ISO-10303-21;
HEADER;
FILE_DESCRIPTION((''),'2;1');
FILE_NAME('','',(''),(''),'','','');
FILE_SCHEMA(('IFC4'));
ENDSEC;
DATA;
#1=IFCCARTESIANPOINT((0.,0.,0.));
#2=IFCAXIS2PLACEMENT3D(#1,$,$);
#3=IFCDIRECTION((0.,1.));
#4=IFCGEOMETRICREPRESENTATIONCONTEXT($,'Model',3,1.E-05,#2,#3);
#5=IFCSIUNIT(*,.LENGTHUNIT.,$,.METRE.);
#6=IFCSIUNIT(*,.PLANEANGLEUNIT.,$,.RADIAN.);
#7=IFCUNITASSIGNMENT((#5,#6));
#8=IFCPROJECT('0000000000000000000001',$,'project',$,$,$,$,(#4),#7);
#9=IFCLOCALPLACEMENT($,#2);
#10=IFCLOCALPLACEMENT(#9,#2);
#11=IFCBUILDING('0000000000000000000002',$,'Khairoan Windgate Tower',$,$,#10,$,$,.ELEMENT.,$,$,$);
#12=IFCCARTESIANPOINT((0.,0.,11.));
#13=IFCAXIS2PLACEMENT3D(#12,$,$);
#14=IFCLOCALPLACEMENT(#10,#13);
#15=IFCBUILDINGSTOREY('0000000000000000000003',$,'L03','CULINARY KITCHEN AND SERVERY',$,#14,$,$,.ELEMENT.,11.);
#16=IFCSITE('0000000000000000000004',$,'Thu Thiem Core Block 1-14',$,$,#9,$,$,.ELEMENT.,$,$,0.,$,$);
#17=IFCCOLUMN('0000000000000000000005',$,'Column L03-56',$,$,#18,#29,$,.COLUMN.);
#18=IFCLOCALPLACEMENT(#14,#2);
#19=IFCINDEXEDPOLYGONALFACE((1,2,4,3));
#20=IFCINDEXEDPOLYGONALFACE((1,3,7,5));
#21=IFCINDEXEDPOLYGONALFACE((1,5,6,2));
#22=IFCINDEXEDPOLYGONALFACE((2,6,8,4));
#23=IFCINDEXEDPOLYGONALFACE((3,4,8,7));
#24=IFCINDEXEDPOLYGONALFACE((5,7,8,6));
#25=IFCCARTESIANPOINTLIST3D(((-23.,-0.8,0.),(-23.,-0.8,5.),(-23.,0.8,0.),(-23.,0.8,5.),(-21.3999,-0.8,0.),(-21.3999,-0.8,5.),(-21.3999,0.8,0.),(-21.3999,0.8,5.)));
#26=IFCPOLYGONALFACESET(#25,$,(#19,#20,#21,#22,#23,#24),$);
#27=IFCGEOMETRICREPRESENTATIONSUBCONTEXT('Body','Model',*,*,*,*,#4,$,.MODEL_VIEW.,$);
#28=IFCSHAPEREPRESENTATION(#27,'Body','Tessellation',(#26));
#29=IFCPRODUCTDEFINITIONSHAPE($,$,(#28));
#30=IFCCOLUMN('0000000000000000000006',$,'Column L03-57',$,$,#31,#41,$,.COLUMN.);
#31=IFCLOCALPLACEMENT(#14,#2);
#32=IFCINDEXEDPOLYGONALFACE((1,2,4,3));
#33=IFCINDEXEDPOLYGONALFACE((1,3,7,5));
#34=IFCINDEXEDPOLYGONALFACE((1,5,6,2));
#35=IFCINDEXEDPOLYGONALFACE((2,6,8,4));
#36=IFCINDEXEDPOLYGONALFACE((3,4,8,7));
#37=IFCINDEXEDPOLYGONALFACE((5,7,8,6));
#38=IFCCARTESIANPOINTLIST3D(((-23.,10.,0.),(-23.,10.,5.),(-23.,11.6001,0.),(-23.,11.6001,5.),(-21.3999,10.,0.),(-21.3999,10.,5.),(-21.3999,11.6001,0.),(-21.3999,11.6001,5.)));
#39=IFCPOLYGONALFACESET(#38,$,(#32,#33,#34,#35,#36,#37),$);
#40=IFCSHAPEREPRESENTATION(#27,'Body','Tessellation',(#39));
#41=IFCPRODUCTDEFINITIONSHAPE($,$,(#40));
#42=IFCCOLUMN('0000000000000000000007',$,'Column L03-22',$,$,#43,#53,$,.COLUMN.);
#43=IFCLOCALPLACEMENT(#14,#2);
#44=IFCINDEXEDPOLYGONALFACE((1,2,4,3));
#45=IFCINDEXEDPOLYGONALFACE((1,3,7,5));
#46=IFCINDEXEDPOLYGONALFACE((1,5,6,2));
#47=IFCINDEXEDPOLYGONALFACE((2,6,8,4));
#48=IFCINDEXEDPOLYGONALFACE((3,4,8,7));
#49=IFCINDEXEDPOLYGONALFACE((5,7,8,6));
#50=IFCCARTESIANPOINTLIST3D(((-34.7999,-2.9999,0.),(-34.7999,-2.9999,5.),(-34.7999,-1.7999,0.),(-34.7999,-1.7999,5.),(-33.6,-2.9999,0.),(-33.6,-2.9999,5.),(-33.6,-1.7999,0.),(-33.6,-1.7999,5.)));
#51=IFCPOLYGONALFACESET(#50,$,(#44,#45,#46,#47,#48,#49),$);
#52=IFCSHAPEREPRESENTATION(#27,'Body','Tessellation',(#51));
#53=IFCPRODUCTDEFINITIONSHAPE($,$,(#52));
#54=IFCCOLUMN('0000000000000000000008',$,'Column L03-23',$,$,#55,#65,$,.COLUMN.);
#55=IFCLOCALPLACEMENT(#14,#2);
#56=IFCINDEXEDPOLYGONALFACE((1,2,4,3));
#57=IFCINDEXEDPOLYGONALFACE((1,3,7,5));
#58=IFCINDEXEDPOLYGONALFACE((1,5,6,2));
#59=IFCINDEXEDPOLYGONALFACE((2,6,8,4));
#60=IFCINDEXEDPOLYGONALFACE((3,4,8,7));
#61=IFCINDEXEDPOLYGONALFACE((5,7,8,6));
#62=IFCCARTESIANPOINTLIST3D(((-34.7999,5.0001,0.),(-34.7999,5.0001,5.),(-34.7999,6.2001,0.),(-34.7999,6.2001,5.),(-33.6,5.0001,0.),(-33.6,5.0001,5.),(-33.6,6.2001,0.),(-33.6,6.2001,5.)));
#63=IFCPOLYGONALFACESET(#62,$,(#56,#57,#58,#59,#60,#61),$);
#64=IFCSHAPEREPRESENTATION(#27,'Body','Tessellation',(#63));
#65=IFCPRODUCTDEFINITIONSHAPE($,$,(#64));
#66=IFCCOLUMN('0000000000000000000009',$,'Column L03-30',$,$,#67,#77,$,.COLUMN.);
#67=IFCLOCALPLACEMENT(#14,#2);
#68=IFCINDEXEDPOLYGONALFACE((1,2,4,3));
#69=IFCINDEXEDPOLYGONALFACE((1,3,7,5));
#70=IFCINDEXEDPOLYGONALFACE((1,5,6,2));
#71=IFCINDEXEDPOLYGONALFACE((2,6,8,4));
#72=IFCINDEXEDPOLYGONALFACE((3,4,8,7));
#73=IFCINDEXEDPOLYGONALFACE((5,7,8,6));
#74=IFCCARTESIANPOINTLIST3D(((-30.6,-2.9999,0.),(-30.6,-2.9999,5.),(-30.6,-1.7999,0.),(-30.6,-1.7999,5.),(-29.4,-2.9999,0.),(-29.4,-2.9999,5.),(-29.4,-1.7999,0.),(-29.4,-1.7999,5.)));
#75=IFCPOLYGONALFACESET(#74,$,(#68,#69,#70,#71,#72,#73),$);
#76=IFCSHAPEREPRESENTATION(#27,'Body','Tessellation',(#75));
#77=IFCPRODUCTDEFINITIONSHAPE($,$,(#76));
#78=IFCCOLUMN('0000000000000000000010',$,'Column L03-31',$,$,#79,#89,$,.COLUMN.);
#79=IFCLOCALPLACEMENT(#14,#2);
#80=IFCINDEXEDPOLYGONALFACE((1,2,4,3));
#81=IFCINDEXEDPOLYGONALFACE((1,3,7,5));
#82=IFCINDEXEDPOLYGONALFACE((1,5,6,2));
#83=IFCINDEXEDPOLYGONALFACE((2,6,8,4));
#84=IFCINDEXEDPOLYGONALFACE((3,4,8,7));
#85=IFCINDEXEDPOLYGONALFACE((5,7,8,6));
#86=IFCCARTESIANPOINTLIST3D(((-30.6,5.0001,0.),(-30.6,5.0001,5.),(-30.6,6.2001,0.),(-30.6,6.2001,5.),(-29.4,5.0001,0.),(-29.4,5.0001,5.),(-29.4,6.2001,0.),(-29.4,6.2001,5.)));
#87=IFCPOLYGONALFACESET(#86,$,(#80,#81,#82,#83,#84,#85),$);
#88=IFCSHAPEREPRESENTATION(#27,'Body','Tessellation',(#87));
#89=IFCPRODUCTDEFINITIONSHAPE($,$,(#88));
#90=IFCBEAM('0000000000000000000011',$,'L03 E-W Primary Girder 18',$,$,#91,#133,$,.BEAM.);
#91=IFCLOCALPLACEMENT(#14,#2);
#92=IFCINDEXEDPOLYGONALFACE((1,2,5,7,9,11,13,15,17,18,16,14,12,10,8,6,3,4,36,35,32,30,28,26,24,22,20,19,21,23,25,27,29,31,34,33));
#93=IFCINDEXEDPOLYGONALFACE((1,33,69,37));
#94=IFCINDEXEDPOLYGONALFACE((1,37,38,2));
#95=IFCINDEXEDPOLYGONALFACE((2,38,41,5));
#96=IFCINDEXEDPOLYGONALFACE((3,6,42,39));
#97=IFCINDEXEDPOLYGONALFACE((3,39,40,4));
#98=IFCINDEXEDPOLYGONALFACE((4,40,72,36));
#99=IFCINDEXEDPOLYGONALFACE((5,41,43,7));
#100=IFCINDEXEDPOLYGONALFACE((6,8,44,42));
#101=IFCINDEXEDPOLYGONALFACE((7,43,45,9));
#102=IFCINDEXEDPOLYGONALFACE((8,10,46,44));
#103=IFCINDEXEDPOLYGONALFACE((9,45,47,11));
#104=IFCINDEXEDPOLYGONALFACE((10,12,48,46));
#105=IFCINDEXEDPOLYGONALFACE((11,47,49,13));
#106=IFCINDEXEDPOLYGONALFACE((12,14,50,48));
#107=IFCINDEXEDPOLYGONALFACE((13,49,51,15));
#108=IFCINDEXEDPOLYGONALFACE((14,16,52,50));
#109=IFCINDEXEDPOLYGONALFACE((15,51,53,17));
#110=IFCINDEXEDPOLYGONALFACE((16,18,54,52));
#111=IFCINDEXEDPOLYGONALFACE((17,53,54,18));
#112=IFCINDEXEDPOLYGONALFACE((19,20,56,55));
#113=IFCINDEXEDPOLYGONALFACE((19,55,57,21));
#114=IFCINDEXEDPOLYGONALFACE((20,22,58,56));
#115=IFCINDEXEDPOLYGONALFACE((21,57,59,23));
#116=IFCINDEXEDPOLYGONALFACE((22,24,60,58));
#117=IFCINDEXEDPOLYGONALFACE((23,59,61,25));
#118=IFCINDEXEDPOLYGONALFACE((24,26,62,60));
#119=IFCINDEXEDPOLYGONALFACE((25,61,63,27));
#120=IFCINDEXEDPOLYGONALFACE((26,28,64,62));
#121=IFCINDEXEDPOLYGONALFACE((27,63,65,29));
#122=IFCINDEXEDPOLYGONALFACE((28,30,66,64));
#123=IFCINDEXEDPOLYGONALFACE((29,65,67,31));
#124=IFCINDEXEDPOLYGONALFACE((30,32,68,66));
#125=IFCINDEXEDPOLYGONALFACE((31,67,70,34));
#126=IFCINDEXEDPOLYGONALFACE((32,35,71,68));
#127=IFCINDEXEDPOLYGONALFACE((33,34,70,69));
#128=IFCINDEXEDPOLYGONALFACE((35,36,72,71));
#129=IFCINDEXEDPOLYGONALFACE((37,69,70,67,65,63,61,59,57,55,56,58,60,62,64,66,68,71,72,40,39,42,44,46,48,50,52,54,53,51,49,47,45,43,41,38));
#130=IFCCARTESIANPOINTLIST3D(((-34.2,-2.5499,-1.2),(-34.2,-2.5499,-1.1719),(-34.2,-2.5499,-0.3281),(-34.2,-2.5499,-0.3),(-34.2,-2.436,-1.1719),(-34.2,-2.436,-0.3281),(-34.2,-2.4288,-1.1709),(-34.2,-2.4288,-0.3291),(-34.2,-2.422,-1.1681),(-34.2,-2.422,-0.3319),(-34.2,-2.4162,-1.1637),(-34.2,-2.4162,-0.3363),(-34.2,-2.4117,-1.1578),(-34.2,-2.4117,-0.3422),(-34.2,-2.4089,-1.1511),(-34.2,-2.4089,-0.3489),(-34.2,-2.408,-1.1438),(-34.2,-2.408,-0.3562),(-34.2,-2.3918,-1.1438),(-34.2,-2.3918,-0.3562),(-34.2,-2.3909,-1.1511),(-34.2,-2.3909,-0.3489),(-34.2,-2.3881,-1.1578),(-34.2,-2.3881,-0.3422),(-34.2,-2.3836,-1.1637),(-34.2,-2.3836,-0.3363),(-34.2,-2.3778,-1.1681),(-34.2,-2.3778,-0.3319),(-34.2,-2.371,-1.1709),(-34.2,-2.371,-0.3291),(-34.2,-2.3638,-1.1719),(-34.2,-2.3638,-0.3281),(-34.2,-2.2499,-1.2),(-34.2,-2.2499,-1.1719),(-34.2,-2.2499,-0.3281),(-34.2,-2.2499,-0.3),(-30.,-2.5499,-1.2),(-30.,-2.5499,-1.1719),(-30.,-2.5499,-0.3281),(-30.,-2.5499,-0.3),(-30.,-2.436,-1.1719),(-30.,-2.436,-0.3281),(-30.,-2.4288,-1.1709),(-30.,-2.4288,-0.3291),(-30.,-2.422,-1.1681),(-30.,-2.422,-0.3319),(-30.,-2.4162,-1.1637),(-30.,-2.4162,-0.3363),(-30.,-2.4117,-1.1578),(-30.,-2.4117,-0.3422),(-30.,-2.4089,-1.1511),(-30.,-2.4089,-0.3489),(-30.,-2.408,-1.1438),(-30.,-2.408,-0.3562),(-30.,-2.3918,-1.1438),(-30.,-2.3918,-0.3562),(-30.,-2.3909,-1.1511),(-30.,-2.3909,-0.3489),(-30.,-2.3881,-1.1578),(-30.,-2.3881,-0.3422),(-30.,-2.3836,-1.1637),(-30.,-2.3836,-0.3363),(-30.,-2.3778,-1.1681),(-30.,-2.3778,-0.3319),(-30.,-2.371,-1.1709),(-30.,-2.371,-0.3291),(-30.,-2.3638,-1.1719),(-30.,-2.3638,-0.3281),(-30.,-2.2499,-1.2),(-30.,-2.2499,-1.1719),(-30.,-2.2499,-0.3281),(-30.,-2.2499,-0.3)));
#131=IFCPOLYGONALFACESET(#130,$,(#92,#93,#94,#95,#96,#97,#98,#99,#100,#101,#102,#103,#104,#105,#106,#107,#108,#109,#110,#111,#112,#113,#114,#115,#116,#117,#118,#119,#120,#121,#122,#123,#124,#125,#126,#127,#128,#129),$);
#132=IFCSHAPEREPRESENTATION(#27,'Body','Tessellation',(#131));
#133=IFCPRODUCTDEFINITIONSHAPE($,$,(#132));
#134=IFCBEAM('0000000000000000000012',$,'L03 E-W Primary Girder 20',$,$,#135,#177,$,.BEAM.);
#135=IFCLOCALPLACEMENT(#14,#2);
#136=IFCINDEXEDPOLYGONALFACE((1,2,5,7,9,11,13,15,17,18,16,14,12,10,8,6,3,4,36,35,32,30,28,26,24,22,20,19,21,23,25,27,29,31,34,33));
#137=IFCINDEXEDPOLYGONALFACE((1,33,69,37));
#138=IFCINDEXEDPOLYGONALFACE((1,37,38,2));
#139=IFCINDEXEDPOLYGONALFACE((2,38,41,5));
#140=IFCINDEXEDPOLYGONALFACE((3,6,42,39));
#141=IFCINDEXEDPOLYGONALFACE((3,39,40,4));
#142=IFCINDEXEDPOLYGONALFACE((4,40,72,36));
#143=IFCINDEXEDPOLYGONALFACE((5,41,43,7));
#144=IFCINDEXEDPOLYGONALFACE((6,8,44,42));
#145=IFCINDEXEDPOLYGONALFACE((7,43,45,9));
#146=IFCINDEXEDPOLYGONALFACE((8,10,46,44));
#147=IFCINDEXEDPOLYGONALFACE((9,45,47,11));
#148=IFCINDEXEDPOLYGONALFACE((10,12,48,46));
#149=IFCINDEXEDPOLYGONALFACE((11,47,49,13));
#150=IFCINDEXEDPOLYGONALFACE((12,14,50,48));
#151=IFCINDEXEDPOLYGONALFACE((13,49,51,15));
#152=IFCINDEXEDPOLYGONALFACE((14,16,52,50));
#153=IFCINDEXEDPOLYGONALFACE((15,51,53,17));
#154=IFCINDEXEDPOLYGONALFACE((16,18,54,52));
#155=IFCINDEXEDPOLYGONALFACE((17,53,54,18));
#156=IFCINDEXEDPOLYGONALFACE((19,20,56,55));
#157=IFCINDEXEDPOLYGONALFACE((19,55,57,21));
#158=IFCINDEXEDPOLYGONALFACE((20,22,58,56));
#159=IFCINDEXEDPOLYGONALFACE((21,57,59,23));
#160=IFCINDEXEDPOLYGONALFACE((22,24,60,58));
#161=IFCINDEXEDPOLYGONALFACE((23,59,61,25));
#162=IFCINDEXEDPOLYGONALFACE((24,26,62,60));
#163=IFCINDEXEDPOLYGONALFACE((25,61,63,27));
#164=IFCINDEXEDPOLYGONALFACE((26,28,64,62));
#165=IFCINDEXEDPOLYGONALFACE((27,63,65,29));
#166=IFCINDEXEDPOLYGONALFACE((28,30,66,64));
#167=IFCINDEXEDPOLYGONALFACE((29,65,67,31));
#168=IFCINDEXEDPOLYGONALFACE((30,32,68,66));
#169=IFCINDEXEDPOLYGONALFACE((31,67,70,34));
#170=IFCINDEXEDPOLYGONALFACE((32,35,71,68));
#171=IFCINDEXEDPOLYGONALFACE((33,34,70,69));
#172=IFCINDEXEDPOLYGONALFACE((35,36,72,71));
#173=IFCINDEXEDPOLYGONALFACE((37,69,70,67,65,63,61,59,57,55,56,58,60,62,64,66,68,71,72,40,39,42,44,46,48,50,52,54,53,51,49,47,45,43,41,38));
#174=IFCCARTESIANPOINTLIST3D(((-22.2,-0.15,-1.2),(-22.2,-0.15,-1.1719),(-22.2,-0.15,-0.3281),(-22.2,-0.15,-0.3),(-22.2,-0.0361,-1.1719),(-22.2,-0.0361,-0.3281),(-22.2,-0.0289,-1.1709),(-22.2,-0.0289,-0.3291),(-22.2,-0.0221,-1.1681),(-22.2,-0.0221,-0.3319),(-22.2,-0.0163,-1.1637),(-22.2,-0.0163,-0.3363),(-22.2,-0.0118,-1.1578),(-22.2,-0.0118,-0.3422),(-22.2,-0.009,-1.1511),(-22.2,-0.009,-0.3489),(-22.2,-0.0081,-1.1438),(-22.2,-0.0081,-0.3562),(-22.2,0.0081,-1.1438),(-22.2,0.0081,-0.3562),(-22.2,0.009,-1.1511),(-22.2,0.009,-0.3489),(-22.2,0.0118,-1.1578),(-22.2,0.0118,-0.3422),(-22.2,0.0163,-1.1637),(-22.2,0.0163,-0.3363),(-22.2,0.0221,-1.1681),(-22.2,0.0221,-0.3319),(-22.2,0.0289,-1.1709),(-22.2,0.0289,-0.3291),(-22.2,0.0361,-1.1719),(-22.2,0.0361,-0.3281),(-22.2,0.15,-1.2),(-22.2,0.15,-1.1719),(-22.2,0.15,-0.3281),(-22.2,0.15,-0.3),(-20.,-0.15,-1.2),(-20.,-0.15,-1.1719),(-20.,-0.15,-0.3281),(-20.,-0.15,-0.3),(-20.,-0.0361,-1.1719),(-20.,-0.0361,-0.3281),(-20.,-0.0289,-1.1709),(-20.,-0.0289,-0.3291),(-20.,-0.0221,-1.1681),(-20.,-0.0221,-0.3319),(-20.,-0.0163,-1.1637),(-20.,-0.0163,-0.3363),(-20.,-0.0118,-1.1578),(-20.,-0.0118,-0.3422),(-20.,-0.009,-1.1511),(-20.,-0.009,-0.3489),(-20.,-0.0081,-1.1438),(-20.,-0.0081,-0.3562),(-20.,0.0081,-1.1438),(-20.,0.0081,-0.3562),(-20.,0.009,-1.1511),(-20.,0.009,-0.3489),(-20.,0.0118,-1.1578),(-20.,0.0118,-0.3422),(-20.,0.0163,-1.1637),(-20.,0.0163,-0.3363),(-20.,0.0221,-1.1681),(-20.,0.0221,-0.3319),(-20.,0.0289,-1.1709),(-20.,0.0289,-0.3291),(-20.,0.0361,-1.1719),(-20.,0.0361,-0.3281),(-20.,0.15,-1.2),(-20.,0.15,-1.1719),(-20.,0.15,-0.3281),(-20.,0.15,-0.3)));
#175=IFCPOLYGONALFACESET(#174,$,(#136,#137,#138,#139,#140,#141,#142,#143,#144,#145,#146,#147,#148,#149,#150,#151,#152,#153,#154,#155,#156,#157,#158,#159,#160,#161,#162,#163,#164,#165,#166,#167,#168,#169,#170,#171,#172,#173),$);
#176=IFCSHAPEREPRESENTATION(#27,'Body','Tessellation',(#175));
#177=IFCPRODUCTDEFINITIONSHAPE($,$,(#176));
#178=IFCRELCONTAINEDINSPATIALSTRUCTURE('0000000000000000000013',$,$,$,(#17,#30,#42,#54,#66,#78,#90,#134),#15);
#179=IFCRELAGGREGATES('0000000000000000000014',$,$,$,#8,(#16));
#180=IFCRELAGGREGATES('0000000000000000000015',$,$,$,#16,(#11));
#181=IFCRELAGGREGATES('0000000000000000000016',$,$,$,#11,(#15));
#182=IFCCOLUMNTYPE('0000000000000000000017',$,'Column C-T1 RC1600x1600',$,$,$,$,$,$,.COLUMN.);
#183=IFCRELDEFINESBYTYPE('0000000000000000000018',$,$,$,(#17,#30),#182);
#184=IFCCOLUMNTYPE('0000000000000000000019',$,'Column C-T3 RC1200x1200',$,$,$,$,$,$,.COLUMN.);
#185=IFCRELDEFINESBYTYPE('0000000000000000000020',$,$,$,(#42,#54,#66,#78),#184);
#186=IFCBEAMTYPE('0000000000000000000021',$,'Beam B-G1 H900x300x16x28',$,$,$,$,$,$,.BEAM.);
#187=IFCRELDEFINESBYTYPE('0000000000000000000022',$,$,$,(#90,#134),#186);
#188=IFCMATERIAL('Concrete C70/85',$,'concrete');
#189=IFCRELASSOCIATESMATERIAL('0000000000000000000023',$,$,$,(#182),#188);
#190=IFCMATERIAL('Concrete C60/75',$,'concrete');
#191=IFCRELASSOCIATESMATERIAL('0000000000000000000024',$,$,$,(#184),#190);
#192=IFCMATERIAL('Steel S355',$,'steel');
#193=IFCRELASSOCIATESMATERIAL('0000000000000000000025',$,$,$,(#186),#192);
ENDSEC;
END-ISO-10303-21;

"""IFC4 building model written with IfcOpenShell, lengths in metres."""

from ifc_helpers import new_model, si_unit, direction, frame, origin, origin_2d, place, context, subcontext, project, spatial, rectangle, i_section, extrude, material, material_profile, profile_set, type_object, element, save


model = new_model("IFC4")

# Units and contexts
model_context = context("Model", 3, precision=1e-05, world=origin(), true_north=direction((0.0, 1.0)))
body_context = subcontext(model_context, "Body", "Model", "MODEL_VIEW")
ifc_project = project(units=[si_unit("LENGTHUNIT", "METRE"), si_unit("PLANEANGLEUNIT", "RADIAN")], contexts=[model_context])

# Site, building, storey
site_placement = place(None, origin())
site = spatial("IfcSite", under=ifc_project, at=site_placement, Name="Thu Thiem Core Block 1-14", CompositionType="ELEMENT", RefElevation=0.0)
building_placement = place(site_placement, origin())
building = spatial("IfcBuilding", under=site, at=building_placement, Name="Khairoan Windgate Tower", CompositionType="ELEMENT")
storey_placement = place(building_placement, frame((0.0, 0.0, 11.0)))
storey = spatial("IfcBuildingStorey", under=building, at=storey_placement, Name="L03", Description="CULINARY KITCHEN AND SERVERY", CompositionType="ELEMENT", Elevation=11.0)

# Columns
ifc_material_1 = material(Name="Concrete C70/85", Category="concrete")
ifc_material_profile_1 = material_profile(ifc_material_1, rectangle(XDim=1.6001, YDim=1.6001, at=origin_2d()))
ifc_profile_set_1 = profile_set([ifc_material_profile_1], Name="Concrete C70/85")
column_type_1 = type_object("IfcColumnType", Name="Column C-T1 RC1600x1600", PredefinedType="COLUMN", material=ifc_profile_set_1)
for number, where, z_axis, x_axis, name in (
    (1, (-22.2, 0.0, 0.0), (0.0, 0.0, 1.0), (1.0, 0.0, 0.0), "Column L03-56"),
    (2, (-22.2, 10.8, 0.0), (0.0, 0.0, 1.0), (1.0, 0.0, 0.0), "Column L03-57"),
):
    element("IfcColumn", number, at=place(storey_placement, frame(where, z_axis=z_axis, x_axis=x_axis)), inside=storey, type_object=column_type_1, Name=name, PredefinedType="COLUMN", context=body_context, shape_type="SweptSolid", body=[
        extrude(rectangle(XDim=1.6001, YDim=1.6001, at=origin_2d()), origin(), (0.0, 0.0, 1.0), 5.0),
    ])
ifc_material_2 = material(Name="Concrete C60/75", Category="concrete")
ifc_material_profile_2 = material_profile(ifc_material_2, rectangle(XDim=1.2, YDim=1.2, at=origin_2d()))
ifc_profile_set_2 = profile_set([ifc_material_profile_2], Name="Concrete C60/75")
column_type_2 = type_object("IfcColumnType", Name="Column C-T3 RC1200x1200", PredefinedType="COLUMN", material=ifc_profile_set_2)
for number, where, z_axis, x_axis, name in (
    (3, (-34.2, -2.3999, 0.0), (0.0, 0.0, 1.0), (1.0, 0.0, 0.0), "Column L03-22"),
    (4, (-34.2, 5.6001, 0.0), (0.0, 0.0, 1.0), (1.0, 0.0, 0.0), "Column L03-23"),
    (5, (-30.0, -2.3999, 0.0), (0.0, 0.0, 1.0), (1.0, 0.0, 0.0), "Column L03-30"),
    (6, (-30.0, 5.6001, 0.0), (0.0, 0.0, 1.0), (1.0, 0.0, 0.0), "Column L03-31"),
):
    element("IfcColumn", number, at=place(storey_placement, frame(where, z_axis=z_axis, x_axis=x_axis)), inside=storey, type_object=column_type_2, Name=name, PredefinedType="COLUMN", context=body_context, shape_type="SweptSolid", body=[
        extrude(rectangle(XDim=1.2, YDim=1.2, at=origin_2d()), origin(), (0.0, 0.0, 1.0), 5.0),
    ])

# Beams
ifc_material_3 = material(Name="Steel S355", Category="steel")
ifc_material_profile_3 = material_profile(ifc_material_3, i_section(OverallWidth=0.3, OverallDepth=0.8999, WebThickness=0.0161, FlangeThickness=0.0281, FilletRadius=0.0281, at=origin_2d()))
ifc_profile_set_3 = profile_set([ifc_material_profile_3], Name="Steel S355")
beam_type_1 = type_object("IfcBeamType", Name="Beam B-G1 H900x300x16x28", PredefinedType="BEAM", material=ifc_profile_set_3)
beam_1_placement = place(storey_placement, frame((-34.2, -2.3999, -0.75), z_axis=(1.0, 0.0, 0.0), x_axis=(0.0, 1.0, 0.0)))
element("IfcBeam", 7, at=beam_1_placement, inside=storey, type_object=beam_type_1, Name="L03 E-W Primary Girder 18", PredefinedType="BEAM", context=body_context, shape_type="SweptSolid", body=[
    extrude(i_section(OverallWidth=0.3, OverallDepth=0.8999, WebThickness=0.0161, FlangeThickness=0.0281, FilletRadius=0.0281, at=origin_2d()), origin(), (0.0, 0.0, 1.0), 4.2),
])
beam_2_placement = place(storey_placement, frame((-22.2, 0.0, -0.75), z_axis=(1.0, 0.0, 0.0), x_axis=(0.0, 1.0, 0.0)))
element("IfcBeam", 8, at=beam_2_placement, inside=storey, type_object=beam_type_1, Name="L03 E-W Primary Girder 20", PredefinedType="BEAM", context=body_context, shape_type="SweptSolid", body=[
    extrude(i_section(OverallWidth=0.3, OverallDepth=0.8999, WebThickness=0.0161, FlangeThickness=0.0281, FilletRadius=0.0281, at=origin_2d()), origin(), (0.0, 0.0, 1.0), 2.2),
])

save(model, "model.ifc")
